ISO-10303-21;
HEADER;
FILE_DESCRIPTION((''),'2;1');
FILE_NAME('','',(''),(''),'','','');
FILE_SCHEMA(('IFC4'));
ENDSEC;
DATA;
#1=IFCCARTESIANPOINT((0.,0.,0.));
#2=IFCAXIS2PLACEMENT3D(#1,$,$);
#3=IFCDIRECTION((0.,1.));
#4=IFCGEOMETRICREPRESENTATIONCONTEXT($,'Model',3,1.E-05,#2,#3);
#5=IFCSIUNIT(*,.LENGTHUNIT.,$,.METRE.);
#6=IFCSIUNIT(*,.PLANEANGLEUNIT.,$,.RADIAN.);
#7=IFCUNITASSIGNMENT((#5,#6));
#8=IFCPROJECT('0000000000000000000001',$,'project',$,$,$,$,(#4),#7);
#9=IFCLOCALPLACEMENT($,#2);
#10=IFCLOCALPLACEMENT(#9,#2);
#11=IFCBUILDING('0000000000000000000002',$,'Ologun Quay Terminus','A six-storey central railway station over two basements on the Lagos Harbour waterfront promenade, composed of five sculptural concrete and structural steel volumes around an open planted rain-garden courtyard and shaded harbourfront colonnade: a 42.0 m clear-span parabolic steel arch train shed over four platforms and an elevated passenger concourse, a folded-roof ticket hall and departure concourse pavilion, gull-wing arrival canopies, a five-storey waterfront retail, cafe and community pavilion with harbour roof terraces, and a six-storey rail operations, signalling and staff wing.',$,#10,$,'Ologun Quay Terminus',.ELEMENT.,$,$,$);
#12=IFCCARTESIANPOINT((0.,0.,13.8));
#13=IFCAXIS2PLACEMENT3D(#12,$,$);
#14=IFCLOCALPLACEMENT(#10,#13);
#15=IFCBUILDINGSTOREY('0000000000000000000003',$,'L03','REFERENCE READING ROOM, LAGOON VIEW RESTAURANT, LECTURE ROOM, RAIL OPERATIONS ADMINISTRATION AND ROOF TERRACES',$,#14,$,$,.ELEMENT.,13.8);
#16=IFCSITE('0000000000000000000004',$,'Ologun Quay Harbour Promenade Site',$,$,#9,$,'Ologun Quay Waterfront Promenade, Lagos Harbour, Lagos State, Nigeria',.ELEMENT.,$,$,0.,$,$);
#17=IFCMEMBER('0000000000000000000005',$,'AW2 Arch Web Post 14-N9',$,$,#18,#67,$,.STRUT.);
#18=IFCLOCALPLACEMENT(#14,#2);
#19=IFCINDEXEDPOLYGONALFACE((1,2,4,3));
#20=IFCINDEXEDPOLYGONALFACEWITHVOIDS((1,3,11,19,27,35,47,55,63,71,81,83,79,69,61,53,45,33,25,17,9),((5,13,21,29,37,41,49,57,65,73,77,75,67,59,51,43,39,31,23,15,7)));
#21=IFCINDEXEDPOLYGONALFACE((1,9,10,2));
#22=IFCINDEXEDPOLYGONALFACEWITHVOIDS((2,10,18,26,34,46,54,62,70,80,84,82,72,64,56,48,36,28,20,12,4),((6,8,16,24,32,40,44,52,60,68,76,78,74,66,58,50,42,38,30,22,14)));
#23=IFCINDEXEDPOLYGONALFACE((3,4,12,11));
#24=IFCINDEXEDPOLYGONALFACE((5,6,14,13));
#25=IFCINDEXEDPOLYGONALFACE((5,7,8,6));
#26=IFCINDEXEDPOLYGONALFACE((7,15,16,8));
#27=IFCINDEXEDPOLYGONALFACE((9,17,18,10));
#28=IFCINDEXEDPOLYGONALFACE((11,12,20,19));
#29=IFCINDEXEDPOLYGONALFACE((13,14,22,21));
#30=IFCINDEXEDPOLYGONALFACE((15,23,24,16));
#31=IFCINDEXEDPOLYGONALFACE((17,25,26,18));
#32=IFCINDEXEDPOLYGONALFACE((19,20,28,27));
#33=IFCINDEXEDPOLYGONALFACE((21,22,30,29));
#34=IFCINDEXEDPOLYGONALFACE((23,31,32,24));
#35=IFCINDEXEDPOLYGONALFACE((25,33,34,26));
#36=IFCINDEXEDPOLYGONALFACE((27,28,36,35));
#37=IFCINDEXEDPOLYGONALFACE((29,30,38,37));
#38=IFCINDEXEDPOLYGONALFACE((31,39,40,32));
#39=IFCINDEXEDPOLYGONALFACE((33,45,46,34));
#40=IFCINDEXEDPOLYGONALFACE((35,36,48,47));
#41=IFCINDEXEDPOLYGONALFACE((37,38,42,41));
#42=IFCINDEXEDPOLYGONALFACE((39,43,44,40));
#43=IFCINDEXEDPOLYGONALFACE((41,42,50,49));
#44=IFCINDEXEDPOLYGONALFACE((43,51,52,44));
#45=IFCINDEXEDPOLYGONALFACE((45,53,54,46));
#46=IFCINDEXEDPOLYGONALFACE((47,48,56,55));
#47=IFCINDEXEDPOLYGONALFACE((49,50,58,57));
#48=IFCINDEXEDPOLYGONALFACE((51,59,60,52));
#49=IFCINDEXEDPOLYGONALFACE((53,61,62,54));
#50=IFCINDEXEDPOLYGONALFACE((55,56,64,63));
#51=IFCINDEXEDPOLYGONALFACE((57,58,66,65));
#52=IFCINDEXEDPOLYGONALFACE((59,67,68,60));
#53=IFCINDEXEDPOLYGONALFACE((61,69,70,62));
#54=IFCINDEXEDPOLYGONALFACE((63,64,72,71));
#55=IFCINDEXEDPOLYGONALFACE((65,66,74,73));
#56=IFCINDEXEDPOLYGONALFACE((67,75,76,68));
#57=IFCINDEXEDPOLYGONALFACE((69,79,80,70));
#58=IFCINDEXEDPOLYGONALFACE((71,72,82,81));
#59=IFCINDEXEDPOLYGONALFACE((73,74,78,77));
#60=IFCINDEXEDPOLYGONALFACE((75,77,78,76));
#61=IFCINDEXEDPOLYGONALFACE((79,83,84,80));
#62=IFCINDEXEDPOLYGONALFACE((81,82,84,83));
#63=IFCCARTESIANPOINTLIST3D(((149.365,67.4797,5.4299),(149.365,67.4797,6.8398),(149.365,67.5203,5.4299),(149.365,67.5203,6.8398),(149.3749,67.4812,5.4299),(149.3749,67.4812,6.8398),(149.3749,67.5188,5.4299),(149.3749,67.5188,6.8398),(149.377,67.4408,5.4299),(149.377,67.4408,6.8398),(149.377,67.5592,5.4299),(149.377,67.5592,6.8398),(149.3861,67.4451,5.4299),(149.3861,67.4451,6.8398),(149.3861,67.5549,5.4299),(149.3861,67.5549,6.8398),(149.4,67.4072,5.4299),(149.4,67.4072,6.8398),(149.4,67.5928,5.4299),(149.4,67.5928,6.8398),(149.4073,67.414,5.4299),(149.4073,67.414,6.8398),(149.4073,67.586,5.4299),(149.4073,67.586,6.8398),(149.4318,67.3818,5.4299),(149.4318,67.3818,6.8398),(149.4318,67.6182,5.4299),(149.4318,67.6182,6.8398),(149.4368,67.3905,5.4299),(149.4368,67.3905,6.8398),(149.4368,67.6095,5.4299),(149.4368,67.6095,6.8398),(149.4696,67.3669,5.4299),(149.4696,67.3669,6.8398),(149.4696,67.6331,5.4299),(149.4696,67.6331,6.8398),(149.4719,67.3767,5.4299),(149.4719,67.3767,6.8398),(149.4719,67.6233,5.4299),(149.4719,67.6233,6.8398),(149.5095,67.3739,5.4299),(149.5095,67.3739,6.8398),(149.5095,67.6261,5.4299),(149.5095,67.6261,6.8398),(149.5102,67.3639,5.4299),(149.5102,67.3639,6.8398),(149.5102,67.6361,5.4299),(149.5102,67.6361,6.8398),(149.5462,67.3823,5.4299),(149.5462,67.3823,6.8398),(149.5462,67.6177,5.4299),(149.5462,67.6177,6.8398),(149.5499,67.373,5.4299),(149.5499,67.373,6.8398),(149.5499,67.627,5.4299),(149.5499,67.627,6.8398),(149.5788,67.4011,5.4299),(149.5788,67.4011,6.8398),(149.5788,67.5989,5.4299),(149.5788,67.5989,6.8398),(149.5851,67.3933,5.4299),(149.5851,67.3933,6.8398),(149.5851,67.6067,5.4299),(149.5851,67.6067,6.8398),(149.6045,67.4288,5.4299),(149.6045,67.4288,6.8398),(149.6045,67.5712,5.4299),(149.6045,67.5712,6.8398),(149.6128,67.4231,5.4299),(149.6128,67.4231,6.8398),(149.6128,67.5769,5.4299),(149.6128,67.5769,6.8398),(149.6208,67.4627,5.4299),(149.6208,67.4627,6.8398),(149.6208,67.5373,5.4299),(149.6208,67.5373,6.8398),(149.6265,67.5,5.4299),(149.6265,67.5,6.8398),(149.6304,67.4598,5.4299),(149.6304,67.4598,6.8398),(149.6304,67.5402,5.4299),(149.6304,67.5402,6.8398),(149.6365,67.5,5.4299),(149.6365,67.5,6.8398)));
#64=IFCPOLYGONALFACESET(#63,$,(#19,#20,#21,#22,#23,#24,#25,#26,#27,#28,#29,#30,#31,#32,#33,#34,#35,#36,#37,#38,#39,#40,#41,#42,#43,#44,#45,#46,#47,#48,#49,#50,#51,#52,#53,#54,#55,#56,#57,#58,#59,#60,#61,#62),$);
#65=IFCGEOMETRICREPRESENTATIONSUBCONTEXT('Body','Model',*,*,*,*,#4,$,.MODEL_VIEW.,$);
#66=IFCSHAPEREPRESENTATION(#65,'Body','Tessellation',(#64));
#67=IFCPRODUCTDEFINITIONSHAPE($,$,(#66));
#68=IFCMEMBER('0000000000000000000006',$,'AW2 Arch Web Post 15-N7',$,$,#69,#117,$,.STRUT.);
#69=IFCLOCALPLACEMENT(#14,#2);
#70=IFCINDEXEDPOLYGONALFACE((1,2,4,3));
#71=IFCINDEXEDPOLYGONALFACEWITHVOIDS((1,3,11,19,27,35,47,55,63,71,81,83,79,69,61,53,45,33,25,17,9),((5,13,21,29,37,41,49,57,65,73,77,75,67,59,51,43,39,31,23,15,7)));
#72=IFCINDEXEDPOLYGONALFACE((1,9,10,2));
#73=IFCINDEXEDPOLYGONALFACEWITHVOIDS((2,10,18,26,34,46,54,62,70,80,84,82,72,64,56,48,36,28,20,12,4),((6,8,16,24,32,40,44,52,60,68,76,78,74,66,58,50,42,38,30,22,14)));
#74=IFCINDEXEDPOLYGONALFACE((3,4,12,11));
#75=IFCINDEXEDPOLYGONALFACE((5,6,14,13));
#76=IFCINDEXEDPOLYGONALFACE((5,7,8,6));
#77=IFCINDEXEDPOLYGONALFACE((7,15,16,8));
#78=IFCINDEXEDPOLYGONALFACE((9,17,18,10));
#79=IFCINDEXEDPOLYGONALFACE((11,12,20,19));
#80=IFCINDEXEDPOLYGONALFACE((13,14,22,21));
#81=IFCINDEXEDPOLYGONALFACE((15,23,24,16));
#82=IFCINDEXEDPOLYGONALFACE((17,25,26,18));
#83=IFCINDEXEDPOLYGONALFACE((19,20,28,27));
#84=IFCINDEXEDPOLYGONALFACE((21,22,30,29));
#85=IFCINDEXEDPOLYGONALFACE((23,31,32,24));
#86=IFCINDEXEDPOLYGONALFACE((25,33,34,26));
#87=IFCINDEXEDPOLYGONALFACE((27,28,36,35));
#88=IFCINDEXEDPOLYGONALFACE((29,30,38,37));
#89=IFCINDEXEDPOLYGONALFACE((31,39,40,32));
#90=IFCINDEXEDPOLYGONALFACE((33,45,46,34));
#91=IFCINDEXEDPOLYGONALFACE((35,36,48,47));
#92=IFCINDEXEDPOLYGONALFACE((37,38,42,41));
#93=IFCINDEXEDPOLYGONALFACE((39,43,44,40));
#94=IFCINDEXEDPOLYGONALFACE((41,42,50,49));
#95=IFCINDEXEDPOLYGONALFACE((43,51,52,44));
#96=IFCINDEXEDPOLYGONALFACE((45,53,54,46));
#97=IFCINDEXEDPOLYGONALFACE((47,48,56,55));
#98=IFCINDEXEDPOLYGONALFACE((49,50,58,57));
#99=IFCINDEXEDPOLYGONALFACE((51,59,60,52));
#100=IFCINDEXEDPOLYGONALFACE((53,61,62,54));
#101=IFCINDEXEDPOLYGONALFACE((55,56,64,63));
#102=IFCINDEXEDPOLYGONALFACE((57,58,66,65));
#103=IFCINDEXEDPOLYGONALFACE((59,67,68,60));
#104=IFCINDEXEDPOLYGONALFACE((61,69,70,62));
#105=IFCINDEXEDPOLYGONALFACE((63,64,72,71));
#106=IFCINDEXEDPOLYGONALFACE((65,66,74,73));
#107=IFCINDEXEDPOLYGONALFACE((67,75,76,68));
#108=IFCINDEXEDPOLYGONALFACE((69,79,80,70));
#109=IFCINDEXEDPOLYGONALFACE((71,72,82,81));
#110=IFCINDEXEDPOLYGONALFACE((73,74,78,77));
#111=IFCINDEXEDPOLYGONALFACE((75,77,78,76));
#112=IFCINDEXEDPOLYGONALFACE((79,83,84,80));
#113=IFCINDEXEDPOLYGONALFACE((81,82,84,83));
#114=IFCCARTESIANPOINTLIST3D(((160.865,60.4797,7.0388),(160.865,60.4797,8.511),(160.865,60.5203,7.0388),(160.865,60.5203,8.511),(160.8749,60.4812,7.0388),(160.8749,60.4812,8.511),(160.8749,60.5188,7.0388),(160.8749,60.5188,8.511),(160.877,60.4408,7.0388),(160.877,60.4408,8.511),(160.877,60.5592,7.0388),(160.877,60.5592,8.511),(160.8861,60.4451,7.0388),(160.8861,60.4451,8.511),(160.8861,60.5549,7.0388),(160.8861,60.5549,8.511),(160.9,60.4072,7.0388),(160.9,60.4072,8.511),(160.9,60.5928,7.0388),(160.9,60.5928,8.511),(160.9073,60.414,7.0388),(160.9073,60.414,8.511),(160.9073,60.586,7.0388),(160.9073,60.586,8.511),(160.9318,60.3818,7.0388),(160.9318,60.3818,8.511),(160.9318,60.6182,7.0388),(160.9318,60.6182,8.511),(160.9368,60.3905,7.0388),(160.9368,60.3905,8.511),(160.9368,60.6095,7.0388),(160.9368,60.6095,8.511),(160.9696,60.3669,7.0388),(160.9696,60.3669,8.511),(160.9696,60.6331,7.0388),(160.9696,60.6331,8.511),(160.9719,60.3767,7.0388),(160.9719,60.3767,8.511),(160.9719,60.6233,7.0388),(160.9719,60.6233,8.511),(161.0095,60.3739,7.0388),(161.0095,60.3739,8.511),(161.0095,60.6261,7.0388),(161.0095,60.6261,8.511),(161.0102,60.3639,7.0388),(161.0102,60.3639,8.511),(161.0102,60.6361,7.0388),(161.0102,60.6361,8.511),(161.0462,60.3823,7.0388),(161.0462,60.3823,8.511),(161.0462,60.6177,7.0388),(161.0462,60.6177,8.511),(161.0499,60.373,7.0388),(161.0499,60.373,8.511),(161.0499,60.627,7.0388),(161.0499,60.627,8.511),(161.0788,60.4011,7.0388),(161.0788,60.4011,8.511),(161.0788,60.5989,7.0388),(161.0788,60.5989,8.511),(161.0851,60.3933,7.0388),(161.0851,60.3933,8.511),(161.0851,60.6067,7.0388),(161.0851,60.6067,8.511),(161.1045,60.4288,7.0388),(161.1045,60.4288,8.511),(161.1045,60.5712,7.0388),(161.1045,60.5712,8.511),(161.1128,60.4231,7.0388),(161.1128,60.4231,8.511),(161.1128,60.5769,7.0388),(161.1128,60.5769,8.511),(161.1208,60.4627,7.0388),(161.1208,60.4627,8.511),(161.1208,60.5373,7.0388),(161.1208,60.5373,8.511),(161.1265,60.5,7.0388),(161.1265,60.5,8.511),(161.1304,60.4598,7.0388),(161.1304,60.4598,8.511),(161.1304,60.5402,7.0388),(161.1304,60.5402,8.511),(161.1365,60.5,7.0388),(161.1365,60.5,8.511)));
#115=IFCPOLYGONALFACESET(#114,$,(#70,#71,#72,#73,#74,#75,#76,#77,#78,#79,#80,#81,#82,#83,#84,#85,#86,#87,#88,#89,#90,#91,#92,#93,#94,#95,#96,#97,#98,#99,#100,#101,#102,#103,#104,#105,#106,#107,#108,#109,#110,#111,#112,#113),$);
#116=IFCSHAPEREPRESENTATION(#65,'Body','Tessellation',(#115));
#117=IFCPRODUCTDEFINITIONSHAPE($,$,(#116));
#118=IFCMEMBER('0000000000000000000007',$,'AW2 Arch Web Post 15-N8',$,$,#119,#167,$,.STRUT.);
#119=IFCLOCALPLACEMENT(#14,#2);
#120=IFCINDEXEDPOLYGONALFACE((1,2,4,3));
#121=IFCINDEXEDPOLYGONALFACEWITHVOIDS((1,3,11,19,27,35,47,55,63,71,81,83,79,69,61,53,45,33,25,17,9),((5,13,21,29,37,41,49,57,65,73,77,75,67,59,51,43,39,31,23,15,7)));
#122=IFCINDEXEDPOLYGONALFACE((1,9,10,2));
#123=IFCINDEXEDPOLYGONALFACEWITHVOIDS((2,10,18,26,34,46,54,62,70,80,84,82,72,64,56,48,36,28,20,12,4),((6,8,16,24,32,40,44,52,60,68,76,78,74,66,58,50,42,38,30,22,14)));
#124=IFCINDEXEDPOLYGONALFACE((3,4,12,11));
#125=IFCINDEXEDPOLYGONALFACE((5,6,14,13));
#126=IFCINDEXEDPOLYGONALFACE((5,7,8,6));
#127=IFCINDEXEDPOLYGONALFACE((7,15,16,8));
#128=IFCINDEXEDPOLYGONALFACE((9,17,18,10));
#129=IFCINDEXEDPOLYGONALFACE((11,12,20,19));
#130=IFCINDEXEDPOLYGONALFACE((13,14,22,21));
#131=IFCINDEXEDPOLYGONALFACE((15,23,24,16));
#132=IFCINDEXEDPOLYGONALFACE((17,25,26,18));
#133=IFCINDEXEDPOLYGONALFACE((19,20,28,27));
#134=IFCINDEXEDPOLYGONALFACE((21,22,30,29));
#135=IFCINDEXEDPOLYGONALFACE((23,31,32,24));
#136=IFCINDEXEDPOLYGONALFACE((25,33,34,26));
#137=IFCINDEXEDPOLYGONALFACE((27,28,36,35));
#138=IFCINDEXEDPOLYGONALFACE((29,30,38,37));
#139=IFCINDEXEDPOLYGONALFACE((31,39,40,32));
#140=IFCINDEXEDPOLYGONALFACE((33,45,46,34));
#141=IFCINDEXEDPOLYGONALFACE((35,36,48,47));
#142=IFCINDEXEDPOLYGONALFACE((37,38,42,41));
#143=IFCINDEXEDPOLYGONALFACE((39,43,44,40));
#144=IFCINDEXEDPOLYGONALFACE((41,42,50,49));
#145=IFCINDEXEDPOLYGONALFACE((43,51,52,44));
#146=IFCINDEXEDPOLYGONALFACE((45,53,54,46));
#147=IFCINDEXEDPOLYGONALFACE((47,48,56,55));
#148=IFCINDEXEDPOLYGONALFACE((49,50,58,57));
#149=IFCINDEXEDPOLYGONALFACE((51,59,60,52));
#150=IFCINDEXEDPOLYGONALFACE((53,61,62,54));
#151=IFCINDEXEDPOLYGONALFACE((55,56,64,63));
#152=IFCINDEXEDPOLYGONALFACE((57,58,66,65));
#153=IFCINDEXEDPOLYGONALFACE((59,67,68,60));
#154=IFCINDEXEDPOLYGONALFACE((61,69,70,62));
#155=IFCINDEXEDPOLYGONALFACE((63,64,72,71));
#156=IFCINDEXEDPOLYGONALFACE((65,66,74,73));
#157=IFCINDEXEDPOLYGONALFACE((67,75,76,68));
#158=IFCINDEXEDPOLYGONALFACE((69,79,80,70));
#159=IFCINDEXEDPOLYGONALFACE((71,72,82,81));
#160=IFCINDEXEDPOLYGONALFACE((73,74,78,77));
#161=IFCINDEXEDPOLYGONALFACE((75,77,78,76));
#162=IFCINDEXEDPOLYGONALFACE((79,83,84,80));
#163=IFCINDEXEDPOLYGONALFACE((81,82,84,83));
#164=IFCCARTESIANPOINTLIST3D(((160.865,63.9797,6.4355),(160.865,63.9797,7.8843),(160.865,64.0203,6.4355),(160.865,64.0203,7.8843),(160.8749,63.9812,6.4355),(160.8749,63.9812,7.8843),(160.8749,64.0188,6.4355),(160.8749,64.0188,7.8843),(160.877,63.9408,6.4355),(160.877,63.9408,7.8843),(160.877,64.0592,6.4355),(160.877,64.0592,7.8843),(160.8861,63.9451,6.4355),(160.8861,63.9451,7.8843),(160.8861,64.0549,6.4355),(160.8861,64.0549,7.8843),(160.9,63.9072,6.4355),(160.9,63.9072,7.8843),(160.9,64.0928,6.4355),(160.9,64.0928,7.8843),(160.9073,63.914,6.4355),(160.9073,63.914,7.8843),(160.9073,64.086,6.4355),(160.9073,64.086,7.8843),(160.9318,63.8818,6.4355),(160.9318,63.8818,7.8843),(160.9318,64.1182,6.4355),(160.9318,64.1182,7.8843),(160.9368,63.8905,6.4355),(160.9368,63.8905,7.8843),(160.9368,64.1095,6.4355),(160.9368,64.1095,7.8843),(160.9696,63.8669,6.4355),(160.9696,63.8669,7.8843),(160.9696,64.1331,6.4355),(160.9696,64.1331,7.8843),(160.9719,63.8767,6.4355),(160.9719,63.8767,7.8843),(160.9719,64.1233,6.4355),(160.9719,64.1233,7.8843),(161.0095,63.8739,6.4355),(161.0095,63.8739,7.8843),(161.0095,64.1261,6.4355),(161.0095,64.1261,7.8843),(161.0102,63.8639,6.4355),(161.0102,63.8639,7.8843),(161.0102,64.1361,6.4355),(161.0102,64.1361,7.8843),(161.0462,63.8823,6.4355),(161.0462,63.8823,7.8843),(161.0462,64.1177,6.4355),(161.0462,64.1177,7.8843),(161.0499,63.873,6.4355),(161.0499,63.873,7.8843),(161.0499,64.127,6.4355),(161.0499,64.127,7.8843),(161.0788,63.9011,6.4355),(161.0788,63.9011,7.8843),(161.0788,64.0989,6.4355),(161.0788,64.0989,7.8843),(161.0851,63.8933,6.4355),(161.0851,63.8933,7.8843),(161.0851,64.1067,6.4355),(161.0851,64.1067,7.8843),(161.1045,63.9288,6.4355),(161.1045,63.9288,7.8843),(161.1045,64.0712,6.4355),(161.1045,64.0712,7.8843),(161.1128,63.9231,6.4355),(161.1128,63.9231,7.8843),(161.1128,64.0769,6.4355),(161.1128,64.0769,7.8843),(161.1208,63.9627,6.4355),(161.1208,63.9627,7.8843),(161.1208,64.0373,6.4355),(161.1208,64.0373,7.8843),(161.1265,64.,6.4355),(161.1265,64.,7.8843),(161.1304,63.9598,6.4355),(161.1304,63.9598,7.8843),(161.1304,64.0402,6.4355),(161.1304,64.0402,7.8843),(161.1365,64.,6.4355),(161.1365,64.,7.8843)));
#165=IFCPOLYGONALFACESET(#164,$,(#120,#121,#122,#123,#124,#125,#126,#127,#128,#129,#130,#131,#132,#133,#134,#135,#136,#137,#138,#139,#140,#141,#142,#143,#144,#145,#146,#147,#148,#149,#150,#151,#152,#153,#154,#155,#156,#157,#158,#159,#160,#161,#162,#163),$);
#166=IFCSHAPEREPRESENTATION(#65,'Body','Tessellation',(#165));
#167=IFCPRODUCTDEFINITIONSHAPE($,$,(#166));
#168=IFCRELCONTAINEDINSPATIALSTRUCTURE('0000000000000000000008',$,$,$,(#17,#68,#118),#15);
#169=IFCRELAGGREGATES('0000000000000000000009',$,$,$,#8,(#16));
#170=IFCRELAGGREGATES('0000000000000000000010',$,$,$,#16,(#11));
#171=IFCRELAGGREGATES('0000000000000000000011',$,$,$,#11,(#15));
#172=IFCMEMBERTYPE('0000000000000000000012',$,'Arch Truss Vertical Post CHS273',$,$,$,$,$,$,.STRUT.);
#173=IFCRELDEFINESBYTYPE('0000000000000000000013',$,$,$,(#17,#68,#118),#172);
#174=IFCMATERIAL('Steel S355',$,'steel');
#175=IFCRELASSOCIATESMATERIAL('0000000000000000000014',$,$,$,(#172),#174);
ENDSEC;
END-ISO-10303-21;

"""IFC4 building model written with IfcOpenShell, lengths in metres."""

from ifc_helpers import new_model, si_unit, direction, frame, origin, origin_2d, place, context, subcontext, project, spatial, hollow_circle, extrude, material, material_profile, profile_set, type_object, element, save


model = new_model("IFC4")

# Units and contexts
model_context = context("Model", 3, precision=1e-05, world=origin(), true_north=direction((0.0, 1.0)))
body_context = subcontext(model_context, "Body", "Model", "MODEL_VIEW")
ifc_project = project(units=[si_unit("LENGTHUNIT", "METRE"), si_unit("PLANEANGLEUNIT", "RADIAN")], contexts=[model_context])

# Site, building, storey
site_placement = place(None, origin())
site = spatial("IfcSite", under=ifc_project, at=site_placement, Name="Ologun Quay Harbour Promenade Site", LongName="Ologun Quay Waterfront Promenade, Lagos Harbour, Lagos State, Nigeria", CompositionType="ELEMENT", RefElevation=0.0)
building_placement = place(site_placement, origin())
building = spatial("IfcBuilding", under=site, at=building_placement, Name="Ologun Quay Terminus", Description="A six-storey central railway station over two basements on the Lagos Harbour waterfront promenade, composed of five sculptural concrete and structural steel volumes around an open planted rain-garden courtyard and shaded harbourfront colonnade: a 42.0 m clear-span parabolic steel arch train shed over four platforms and an elevated passenger concourse, a folded-roof ticket hall and departure concourse pavilion, gull-wing arrival canopies, a five-storey waterfront retail, cafe and community pavilion with harbour roof terraces, and a six-storey rail operations, signalling and staff wing.", LongName="Ologun Quay Terminus", CompositionType="ELEMENT")
storey_placement = place(building_placement, frame((0.0, 0.0, 13.8)))
storey = spatial("IfcBuildingStorey", under=building, at=storey_placement, Name="L03", Description="REFERENCE READING ROOM, LAGOON VIEW RESTAURANT, LECTURE ROOM, RAIL OPERATIONS ADMINISTRATION AND ROOF TERRACES", CompositionType="ELEMENT", Elevation=13.8)

# Members
ifc_material_1 = material(Name="Steel S355", Category="steel")
ifc_material_profile_1 = material_profile(ifc_material_1, hollow_circle(Radius=0.1365, WallThickness=0.01, at=origin_2d()), Name="CHS 273x10")
ifc_profile_set_1 = profile_set([ifc_material_profile_1], Name="Steel S355")
member_type_1 = type_object("IfcMemberType", Name="Arch Truss Vertical Post CHS273", PredefinedType="STRUT", material=ifc_profile_set_1)
member_1_placement = place(storey_placement, frame((149.5, 67.5, 5.4299), z_axis=(0.0, 0.0, 1.0), x_axis=(1.0, 0.0, 0.0)))
element("IfcMember", 1, at=member_1_placement, inside=storey, type_object=member_type_1, Name="AW2 Arch Web Post 14-N9", PredefinedType="STRUT", context=body_context, shape_type="SweptSolid", body=[
    extrude(hollow_circle(Radius=0.1365, WallThickness=0.01, at=origin_2d()), origin(), (0.0, 0.0, 1.0), 1.4099),
])
member_2_placement = place(storey_placement, frame((161.0, 60.5, 7.0388), z_axis=(0.0, 0.0, 1.0), x_axis=(1.0, 0.0, 0.0)))
element("IfcMember", 2, at=member_2_placement, inside=storey, type_object=member_type_1, Name="AW2 Arch Web Post 15-N7", PredefinedType="STRUT", context=body_context, shape_type="SweptSolid", body=[
    extrude(hollow_circle(Radius=0.1365, WallThickness=0.01, at=origin_2d()), origin(), (0.0, 0.0, 1.0), 1.4722),
])
member_3_placement = place(storey_placement, frame((161.0, 64.0, 6.4355), z_axis=(0.0, 0.0, 1.0), x_axis=(1.0, 0.0, 0.0)))
element("IfcMember", 3, at=member_3_placement, inside=storey, type_object=member_type_1, Name="AW2 Arch Web Post 15-N8", PredefinedType="STRUT", context=body_context, shape_type="SweptSolid", body=[
    extrude(hollow_circle(Radius=0.1365, WallThickness=0.01, at=origin_2d()), origin(), (0.0, 0.0, 1.0), 1.4487),
])

save(model, "model.ifc")
